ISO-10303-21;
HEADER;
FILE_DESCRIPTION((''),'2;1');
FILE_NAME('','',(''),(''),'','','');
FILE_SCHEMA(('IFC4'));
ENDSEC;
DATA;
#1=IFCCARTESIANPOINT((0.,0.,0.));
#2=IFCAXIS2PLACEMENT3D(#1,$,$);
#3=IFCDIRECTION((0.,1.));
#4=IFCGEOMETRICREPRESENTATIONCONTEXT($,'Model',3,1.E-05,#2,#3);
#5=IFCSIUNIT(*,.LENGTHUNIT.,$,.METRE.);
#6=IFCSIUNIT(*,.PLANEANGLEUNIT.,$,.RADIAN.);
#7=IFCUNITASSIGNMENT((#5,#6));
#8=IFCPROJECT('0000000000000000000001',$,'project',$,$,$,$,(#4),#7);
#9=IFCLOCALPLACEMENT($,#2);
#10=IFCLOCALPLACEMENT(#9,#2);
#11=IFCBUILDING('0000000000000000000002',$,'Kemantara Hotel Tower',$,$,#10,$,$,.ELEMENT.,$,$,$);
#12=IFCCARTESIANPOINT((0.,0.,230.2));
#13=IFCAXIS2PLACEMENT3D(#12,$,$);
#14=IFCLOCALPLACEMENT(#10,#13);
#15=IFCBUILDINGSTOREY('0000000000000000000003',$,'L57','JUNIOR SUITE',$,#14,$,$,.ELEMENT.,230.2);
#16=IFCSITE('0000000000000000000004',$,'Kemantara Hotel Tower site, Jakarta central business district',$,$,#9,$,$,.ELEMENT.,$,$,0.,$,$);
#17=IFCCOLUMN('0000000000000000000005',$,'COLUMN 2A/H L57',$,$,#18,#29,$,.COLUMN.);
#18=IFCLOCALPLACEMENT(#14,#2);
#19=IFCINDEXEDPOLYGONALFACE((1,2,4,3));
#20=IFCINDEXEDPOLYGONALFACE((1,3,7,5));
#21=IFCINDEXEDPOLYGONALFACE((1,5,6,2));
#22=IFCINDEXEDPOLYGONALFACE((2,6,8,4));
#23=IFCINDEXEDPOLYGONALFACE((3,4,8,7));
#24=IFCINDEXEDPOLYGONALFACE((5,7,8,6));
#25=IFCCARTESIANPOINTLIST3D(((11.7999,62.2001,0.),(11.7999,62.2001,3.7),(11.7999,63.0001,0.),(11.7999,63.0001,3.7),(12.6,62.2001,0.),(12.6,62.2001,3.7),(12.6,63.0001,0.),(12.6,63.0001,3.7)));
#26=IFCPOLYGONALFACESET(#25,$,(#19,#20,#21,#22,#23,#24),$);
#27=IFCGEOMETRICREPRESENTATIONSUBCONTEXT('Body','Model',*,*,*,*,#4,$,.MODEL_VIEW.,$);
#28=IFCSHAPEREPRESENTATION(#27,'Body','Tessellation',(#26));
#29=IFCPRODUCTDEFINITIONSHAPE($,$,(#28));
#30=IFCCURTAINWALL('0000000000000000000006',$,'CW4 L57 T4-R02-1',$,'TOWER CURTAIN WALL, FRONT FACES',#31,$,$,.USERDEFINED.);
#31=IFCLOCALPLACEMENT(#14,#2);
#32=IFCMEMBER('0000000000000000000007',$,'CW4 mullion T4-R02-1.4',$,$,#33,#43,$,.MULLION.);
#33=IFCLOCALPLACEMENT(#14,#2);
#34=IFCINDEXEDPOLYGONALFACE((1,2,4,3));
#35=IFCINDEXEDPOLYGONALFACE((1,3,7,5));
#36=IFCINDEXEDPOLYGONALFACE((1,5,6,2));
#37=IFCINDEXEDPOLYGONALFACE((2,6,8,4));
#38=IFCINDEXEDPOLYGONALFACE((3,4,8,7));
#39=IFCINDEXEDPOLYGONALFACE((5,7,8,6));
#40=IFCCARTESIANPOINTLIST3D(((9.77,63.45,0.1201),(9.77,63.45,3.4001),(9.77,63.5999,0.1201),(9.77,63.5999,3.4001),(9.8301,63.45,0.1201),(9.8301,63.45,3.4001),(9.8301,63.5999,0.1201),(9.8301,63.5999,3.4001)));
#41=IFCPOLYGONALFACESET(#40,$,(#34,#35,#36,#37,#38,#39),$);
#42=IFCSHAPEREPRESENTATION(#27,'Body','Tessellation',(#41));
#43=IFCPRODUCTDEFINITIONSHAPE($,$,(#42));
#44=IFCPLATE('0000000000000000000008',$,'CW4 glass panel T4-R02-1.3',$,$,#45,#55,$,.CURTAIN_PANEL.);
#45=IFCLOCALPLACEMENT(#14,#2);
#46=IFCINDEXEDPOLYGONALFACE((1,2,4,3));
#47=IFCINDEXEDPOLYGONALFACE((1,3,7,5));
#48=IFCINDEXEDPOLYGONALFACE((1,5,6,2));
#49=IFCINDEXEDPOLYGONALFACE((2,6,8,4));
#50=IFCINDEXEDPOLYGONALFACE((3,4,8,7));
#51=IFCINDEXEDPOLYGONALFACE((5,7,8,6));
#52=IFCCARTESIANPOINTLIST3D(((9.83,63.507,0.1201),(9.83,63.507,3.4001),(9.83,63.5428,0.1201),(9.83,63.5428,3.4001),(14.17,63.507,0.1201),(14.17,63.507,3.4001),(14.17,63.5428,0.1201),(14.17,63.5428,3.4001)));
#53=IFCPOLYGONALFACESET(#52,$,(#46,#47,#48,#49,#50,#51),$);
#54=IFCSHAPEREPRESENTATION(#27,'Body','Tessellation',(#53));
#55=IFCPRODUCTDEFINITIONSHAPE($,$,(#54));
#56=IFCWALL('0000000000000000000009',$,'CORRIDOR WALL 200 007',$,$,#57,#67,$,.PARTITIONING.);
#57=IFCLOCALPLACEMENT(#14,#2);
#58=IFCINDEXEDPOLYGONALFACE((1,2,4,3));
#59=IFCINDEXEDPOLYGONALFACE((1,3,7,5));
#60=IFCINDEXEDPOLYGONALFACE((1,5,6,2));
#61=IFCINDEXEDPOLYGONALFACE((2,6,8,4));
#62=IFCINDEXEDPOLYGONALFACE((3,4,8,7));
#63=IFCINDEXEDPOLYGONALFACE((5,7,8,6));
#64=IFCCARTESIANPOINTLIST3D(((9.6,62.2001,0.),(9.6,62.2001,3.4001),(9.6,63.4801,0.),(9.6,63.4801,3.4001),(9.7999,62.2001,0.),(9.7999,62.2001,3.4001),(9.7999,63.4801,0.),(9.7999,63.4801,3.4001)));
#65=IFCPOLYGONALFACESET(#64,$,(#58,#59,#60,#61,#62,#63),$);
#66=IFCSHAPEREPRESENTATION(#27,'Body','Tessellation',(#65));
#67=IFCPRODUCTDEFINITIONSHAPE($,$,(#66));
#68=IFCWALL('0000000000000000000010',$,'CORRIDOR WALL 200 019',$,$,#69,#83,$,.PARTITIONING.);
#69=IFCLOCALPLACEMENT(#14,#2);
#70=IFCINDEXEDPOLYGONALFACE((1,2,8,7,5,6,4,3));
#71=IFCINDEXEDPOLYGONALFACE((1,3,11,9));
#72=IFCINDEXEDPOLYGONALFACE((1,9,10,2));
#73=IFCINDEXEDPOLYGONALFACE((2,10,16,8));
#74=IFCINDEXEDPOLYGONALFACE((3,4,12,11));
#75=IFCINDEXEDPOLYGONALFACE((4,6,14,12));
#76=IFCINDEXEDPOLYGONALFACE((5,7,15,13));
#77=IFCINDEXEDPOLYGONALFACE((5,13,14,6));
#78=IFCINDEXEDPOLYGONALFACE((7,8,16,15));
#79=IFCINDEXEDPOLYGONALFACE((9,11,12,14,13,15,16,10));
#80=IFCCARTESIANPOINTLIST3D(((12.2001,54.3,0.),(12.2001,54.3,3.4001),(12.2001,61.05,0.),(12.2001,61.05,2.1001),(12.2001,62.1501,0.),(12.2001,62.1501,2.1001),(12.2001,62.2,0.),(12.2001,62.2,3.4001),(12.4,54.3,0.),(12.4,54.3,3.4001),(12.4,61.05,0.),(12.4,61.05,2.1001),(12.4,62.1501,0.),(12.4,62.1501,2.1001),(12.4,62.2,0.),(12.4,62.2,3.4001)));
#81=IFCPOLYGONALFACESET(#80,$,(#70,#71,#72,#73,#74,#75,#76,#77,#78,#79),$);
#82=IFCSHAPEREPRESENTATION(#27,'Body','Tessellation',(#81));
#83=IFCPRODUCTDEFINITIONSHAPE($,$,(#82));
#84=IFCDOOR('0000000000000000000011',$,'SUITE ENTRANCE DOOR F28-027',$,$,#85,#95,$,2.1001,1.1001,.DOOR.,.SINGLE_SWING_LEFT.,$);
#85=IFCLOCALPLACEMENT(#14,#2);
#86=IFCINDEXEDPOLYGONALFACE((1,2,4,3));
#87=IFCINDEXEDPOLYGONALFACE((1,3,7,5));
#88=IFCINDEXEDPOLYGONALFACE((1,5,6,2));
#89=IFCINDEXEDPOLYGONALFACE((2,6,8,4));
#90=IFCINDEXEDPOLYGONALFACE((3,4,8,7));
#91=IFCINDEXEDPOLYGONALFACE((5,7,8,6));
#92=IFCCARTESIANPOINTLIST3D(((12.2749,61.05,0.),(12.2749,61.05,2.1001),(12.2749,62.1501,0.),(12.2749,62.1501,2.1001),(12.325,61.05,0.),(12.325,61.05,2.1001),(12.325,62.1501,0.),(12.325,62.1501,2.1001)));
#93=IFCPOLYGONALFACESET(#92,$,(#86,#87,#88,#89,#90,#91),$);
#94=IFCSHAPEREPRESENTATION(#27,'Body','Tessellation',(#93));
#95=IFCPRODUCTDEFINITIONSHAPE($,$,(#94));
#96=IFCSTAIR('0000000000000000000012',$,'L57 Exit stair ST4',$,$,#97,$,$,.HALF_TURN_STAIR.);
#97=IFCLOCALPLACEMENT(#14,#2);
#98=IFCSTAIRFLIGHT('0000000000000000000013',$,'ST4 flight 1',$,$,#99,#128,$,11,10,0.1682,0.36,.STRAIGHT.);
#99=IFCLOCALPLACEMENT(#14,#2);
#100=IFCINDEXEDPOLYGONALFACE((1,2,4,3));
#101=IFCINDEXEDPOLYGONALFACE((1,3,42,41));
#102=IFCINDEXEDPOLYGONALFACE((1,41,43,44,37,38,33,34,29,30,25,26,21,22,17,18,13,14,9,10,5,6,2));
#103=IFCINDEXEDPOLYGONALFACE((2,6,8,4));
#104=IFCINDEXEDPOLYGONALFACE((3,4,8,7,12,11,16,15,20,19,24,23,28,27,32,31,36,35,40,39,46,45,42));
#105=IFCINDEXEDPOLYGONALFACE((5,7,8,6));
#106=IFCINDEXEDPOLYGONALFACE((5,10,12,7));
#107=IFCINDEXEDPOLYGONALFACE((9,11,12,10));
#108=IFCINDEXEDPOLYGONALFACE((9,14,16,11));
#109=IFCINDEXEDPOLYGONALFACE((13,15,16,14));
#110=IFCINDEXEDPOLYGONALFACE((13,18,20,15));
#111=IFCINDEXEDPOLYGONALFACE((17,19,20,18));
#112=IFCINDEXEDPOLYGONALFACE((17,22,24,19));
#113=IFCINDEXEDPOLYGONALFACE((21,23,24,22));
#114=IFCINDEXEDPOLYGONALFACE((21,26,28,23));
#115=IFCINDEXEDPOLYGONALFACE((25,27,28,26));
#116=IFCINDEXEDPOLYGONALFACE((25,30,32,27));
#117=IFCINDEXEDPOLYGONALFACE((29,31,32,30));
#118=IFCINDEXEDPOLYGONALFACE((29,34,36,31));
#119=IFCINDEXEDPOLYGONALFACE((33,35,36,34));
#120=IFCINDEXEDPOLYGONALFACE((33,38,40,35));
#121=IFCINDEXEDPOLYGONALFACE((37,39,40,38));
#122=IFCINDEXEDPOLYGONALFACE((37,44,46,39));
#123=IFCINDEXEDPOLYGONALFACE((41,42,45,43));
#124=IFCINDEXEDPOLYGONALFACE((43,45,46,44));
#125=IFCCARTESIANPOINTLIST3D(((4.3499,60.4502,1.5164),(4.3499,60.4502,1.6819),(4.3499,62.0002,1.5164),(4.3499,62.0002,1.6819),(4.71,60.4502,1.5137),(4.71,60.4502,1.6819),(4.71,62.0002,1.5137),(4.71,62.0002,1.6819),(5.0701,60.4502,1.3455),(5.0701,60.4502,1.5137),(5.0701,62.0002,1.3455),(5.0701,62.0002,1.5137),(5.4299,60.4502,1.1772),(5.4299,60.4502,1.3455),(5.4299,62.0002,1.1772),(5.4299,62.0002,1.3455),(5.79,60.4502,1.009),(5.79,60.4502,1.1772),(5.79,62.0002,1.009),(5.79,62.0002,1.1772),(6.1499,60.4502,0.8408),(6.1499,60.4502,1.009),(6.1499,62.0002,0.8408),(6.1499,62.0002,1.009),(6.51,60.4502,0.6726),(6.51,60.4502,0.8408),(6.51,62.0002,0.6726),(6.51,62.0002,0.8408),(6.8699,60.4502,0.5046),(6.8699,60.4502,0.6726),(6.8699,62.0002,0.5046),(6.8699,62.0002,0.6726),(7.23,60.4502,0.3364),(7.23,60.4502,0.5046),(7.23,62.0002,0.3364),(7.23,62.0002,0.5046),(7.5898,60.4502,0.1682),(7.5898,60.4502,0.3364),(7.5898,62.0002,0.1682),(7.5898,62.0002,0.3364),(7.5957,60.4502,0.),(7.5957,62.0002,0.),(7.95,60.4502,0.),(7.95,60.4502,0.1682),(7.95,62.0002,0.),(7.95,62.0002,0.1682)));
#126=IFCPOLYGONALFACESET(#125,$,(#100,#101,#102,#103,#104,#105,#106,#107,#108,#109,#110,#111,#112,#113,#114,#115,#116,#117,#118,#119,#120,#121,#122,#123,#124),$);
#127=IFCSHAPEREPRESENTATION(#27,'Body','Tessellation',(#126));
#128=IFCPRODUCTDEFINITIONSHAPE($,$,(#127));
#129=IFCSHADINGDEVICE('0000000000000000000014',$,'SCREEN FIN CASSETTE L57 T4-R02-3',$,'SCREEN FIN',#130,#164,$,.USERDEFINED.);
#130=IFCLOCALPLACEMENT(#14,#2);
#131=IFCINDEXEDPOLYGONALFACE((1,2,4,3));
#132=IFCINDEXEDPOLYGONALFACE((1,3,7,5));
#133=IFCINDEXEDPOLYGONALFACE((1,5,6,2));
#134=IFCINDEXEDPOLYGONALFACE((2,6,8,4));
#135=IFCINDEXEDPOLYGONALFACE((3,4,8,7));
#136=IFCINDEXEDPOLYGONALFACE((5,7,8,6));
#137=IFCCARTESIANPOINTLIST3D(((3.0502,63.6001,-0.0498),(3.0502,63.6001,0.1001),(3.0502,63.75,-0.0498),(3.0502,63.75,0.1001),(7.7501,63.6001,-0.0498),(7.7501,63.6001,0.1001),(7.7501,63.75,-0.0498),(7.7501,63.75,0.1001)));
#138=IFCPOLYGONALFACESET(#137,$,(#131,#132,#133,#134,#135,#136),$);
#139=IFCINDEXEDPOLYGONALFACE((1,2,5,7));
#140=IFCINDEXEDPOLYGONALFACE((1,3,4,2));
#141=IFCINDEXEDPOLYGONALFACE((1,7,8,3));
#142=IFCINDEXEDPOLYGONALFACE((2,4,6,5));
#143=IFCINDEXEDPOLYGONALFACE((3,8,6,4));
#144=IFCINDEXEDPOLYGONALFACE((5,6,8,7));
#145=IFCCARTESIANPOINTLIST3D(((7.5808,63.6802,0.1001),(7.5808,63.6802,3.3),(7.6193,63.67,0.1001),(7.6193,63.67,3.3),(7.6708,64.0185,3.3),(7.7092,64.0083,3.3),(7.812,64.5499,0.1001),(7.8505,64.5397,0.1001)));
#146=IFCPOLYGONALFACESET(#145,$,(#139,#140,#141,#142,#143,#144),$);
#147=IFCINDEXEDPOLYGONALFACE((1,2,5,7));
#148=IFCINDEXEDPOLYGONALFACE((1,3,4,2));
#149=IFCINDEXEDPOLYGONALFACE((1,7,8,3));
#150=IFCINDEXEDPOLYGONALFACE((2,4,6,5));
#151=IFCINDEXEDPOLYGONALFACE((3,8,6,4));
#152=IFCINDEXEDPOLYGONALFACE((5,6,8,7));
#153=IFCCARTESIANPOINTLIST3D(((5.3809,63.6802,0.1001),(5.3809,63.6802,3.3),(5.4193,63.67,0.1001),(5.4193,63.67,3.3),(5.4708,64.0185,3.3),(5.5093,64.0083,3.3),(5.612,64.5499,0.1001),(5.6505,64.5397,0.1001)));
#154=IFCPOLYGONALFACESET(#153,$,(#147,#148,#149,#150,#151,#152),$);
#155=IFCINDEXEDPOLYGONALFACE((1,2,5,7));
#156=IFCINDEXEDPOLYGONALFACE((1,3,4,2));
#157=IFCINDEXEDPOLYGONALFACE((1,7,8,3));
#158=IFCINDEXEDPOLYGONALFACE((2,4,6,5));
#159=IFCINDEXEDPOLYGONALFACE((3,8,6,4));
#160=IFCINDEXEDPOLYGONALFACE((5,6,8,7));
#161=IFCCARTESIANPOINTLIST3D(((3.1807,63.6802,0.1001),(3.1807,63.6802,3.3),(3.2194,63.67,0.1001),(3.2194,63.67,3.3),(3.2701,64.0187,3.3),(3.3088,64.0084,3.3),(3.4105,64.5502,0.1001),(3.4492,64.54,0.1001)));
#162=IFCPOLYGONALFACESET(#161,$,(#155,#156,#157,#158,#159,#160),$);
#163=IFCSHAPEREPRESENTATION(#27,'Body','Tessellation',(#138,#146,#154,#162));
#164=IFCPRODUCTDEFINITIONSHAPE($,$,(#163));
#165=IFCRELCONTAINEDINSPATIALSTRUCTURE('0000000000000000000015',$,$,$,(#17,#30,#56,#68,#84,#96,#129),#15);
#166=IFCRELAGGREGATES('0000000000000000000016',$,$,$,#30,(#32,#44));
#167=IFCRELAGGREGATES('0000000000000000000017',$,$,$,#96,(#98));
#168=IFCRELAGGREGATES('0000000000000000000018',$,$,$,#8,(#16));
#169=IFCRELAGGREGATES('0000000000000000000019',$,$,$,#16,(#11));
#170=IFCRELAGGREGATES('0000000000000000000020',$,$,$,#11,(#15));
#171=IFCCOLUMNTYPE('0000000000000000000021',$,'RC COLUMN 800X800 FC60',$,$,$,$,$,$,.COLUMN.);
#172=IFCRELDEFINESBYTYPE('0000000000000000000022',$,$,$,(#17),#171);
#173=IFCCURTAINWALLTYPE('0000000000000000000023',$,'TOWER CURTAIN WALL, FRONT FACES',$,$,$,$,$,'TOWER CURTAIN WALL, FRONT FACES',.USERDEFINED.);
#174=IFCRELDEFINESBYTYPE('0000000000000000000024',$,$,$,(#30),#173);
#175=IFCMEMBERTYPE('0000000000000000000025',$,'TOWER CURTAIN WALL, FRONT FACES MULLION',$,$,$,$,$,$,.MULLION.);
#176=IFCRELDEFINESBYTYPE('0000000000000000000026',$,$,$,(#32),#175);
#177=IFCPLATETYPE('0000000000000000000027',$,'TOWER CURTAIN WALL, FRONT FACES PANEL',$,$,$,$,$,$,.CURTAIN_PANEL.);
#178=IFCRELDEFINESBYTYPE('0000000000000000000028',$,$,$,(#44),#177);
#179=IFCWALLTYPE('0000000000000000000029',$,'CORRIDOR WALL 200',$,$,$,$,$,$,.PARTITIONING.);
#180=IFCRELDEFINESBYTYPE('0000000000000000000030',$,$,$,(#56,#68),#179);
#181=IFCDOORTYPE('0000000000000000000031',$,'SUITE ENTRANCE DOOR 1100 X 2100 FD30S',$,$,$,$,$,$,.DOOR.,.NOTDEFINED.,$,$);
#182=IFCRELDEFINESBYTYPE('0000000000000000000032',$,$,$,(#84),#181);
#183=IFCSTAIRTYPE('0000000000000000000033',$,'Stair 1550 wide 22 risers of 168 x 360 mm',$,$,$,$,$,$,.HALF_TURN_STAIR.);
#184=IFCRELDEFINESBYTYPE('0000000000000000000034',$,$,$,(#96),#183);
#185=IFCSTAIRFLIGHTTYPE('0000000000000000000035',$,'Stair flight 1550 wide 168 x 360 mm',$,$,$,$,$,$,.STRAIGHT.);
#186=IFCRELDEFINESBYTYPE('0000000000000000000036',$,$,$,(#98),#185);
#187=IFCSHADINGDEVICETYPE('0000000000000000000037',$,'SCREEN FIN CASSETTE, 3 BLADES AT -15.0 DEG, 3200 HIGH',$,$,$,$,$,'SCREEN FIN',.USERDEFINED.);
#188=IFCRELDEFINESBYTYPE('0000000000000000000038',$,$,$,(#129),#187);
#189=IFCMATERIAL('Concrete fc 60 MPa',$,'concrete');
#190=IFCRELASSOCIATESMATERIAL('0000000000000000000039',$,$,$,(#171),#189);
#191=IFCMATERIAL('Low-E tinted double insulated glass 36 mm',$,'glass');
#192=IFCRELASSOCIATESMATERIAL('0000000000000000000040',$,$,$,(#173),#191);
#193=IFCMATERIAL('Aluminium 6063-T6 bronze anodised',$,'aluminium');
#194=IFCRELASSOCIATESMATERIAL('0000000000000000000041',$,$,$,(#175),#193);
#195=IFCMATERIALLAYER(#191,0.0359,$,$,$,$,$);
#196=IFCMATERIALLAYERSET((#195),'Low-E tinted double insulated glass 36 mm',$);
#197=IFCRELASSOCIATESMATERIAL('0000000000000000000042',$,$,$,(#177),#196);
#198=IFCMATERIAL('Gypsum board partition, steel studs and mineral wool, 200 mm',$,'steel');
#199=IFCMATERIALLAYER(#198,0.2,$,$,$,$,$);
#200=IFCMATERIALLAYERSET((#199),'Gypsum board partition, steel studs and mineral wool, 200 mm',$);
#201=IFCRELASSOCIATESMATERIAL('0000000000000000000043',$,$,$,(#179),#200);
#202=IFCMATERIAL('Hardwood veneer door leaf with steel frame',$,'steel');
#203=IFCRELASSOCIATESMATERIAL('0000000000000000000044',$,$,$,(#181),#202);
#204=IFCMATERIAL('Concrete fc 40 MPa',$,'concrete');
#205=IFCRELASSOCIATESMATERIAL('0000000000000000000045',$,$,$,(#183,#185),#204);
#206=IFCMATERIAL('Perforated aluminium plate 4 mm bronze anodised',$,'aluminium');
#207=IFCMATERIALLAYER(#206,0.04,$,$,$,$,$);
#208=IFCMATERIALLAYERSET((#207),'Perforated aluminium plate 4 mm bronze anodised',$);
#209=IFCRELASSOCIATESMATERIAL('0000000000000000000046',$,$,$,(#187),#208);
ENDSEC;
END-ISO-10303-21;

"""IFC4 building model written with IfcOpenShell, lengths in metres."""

from ifc_helpers import new_model, si_unit, direction, frame, frame_2d, origin, origin_2d, place, context, subcontext, project, spatial, polyline, rectangle, outline, extrude, source, transform, mapped, material, layer, layer_set, material_profile, profile_set, type_object, element, fill, aggregate, save


model = new_model("IFC4")

# Units and contexts
model_context = context("Model", 3, precision=1e-05, world=origin(), true_north=direction((0.0, 1.0)))
body_context = subcontext(model_context, "Body", "Model", "MODEL_VIEW")
ifc_project = project(units=[si_unit("LENGTHUNIT", "METRE"), si_unit("PLANEANGLEUNIT", "RADIAN")], contexts=[model_context])

# Site, building, storey
site_placement = place(None, origin())
site = spatial("IfcSite", under=ifc_project, at=site_placement, Name="Kemantara Hotel Tower site, Jakarta central business district", CompositionType="ELEMENT", RefElevation=0.0)
building_placement = place(site_placement, origin())
building = spatial("IfcBuilding", under=site, at=building_placement, Name="Kemantara Hotel Tower", CompositionType="ELEMENT")
storey_placement = place(building_placement, frame((0.0, 0.0, 230.2)))
storey = spatial("IfcBuildingStorey", under=building, at=storey_placement, Name="L57", Description="JUNIOR SUITE", CompositionType="ELEMENT", Elevation=230.2)

# Column
ifc_material_1 = material(Name="Concrete fc 60 MPa", Category="concrete")
ifc_material_profile_1 = material_profile(ifc_material_1, rectangle(XDim=0.8, YDim=0.8, at=origin_2d()), Name="RC 800X800")
ifc_profile_set_1 = profile_set([ifc_material_profile_1], Name="Concrete fc 60 MPa")
column_type = type_object("IfcColumnType", Name="RC COLUMN 800X800 FC60", PredefinedType="COLUMN", material=ifc_profile_set_1)
column_placement = place(storey_placement, frame((12.2, 62.6001, 0.0), z_axis=(0.0, 0.0, 1.0), x_axis=(1.0, 0.0, 0.0)))
element("IfcColumn", 1, at=column_placement, inside=storey, type_object=column_type, Name="COLUMN 2A/H L57", PredefinedType="COLUMN", context=body_context, shape_type="SweptSolid", body=[
    extrude(rectangle(XDim=0.8, YDim=0.8, at=origin_2d()), origin(), (0.0, 0.0, 1.0), 3.7),
])

# Curtain wall, member, plate
ifc_material_2 = material(Name="Low-E tinted double insulated glass 36 mm", Category="glass")
curtain_wall_type = type_object("IfcCurtainWallType", Name="TOWER CURTAIN WALL, FRONT FACES", ElementType="TOWER CURTAIN WALL, FRONT FACES", PredefinedType="USERDEFINED", material=ifc_material_2)
curtain_wall_placement = place(storey_placement, origin())
curtain_wall = element("IfcCurtainWall", 2, at=curtain_wall_placement, inside=storey, type_object=curtain_wall_type, Name="CW4 L57 T4-R02-1", ObjectType="TOWER CURTAIN WALL, FRONT FACES", PredefinedType="USERDEFINED")
ifc_material_3 = material(Name="Aluminium 6063-T6 bronze anodised", Category="aluminium")
ifc_material_profile_2 = material_profile(ifc_material_3, rectangle(XDim=0.1499, YDim=0.0601, at=origin_2d()), Name="TOWER CURTAIN WALL, FRONT FACES MULLION")
ifc_profile_set_2 = profile_set([ifc_material_profile_2], Name="Aluminium 6063-T6 bronze anodised")
member_type = type_object("IfcMemberType", Name="TOWER CURTAIN WALL, FRONT FACES MULLION", PredefinedType="MULLION", material=ifc_profile_set_2)
shared_shape_1 = source(origin(), body_context, "Body", "SweptSolid", [
    extrude(rectangle(XDim=0.1499, YDim=0.0601, at=origin_2d()), origin(), (0.0, 0.0, 1.0), 3.28),
])
member_placement = place(storey_placement, frame((9.8, 63.5249, 0.1201), z_axis=(0.0, 0.0, 1.0), x_axis=(0.0, -1.0, 0.0)))
member = element("IfcMember", 3, at=member_placement, type_object=member_type, Name="CW4 mullion T4-R02-1.4", PredefinedType="MULLION", context=body_context, shape_type="MappedRepresentation", body=[
    mapped(shared_shape_1, transform((0.0, 0.0, 0.0))),
])
ifc_layer_1 = layer(ifc_material_2, 0.0359)
ifc_layer_set_1 = layer_set([ifc_layer_1], Name="Low-E tinted double insulated glass 36 mm")
plate_type = type_object("IfcPlateType", Name="TOWER CURTAIN WALL, FRONT FACES PANEL", PredefinedType="CURTAIN_PANEL", material=ifc_layer_set_1)
shared_shape_2 = source(origin(), body_context, "Body", "SweptSolid", [
    extrude(rectangle(XDim=4.3401, YDim=0.0359, at=origin_2d()), origin(), (0.0, 0.0, 1.0), 3.28),
])
plate_placement = place(storey_placement, frame((12.0, 63.5249, 0.1201), z_axis=(0.0, 0.0, 1.0), x_axis=(-1.0, 0.0, 0.0)))
plate = element("IfcPlate", 4, at=plate_placement, type_object=plate_type, Name="CW4 glass panel T4-R02-1.3", PredefinedType="CURTAIN_PANEL", context=body_context, shape_type="MappedRepresentation", body=[
    mapped(shared_shape_2, transform((0.0, 0.0, 0.0))),
])
aggregate(curtain_wall, [member, plate])

# Wall
ifc_material_4 = material(Name="Gypsum board partition, steel studs and mineral wool, 200 mm", Category="steel")
ifc_layer_2 = layer(ifc_material_4, 0.2)
ifc_layer_set_2 = layer_set([ifc_layer_2], Name="Gypsum board partition, steel studs and mineral wool, 200 mm")
wall_type = type_object("IfcWallType", Name="CORRIDOR WALL 200", PredefinedType="PARTITIONING", material=ifc_layer_set_2)
wall_1_placement = place(storey_placement, frame((9.7, 62.2, 0.0), z_axis=(0.0, 0.0, 1.0), x_axis=(0.0, 1.0, 0.0)))
element("IfcWall", 5, at=wall_1_placement, inside=storey, type_object=wall_type, Name="CORRIDOR WALL 200 007", PredefinedType="PARTITIONING", context=body_context, shape_type="SweptSolid", body=[
    extrude(rectangle(XDim=1.28, YDim=0.2, at=frame_2d((0.6401, 0.0))), origin(), (0.0, 0.0, 1.0), 3.4001),
])

# Wall, opening, door
wall_2_placement = place(storey_placement, frame((12.3, 62.2, 0.0), z_axis=(0.0, 0.0, 1.0), x_axis=(0.0, -1.0, 0.0)))
wall_2 = element("IfcWall", 6, at=wall_2_placement, inside=storey, type_object=wall_type, Name="CORRIDOR WALL 200 019", PredefinedType="PARTITIONING", context=body_context, shape_type="SweptSolid", body=[
    extrude(rectangle(XDim=7.8999, YDim=0.2, at=frame_2d((3.95, 0.0))), origin(), (0.0, 0.0, 1.0), 3.4001),
])
opening_placement = place(wall_2_placement, frame((0.0498, 0.0, 0.0)))
opening = element("IfcOpeningElement", 7, at=opening_placement, cuts=wall_2, PredefinedType="OPENING", context=body_context, shape_type="SweptSolid", body=[
    extrude(rectangle(XDim=1.1001, YDim=2.1001, at=frame_2d((0.55, 1.05))), frame((0.0, 0.1099, 0.0), z_axis=(0.0, -1.0, 0.0), x_axis=(1.0, 0.0, 0.0)), (0.0, 0.0, 1.0), 0.22),
])
ifc_material_5 = material(Name="Hardwood veneer door leaf with steel frame", Category="steel")
door_type = type_object("IfcDoorType", Name="SUITE ENTRANCE DOOR 1100 X 2100 FD30S", OperationType="NOTDEFINED", PredefinedType="DOOR", material=ifc_material_5)
door_placement = place(opening_placement, origin())
door = element("IfcDoor", 8, at=door_placement, inside=storey, type_object=door_type, Name="SUITE ENTRANCE DOOR F28-027", OperationType="SINGLE_SWING_LEFT", OverallHeight=2.1001, OverallWidth=1.1001, PredefinedType="DOOR", context=body_context, shape_type="SweptSolid", body=[
    extrude(rectangle(XDim=1.1001, YDim=2.1001, at=frame_2d((0.55, 1.05))), frame((0.0, 0.0249, 0.0), z_axis=(0.0, -1.0, 0.0), x_axis=(1.0, 0.0, 0.0)), (0.0, 0.0, 1.0), 0.05),
])
fill(opening, door)

# Stair, stair flight
ifc_material_6 = material(Name="Concrete fc 40 MPa", Category="concrete")
stair_type = type_object("IfcStairType", Name="Stair 1550 wide 22 risers of 168 x 360 mm", PredefinedType="HALF_TURN_STAIR", material=ifc_material_6)
stair_placement = place(storey_placement, origin())
stair = element("IfcStair", 9, at=stair_placement, inside=storey, type_object=stair_type, Name="L57 Exit stair ST4", PredefinedType="HALF_TURN_STAIR")
stair_flight_type = type_object("IfcStairFlightType", Name="Stair flight 1550 wide 168 x 360 mm", PredefinedType="STRAIGHT", material=ifc_material_6)
stair_flight_placement = place(storey_placement, frame((7.95, 61.2251, 0.0), z_axis=(0.0, 0.0, 1.0), x_axis=(-1.0, 0.0, 0.0)))
stair_flight = element("IfcStairFlight", 10, at=stair_flight_placement, type_object=stair_flight_type, Name="ST4 flight 1", NumberOfRisers=11, NumberOfTreads=10, PredefinedType="STRAIGHT", RiserHeight=0.1682, TreadLength=0.36, context=body_context, shape_type="SweptSolid", body=[
    extrude(outline(polyline([(0.0, 0.0), (0.0, 0.1682), (0.3601, 0.1682), (0.3601, 0.3364), (0.72, 0.3364), (0.72, 0.5046), (1.0801, 0.5046), (1.0801, 0.6726), (1.4399, 0.6726), (1.4399, 0.8408), (1.8, 0.8408), (1.8, 1.009), (2.1599, 1.009), (2.1599, 1.1772), (2.52, 1.1772), (2.52, 1.3455), (2.8799, 1.3455), (2.8799, 1.5137), (3.24, 1.5137), (3.24, 1.6819), (3.6001, 1.6819), (3.6001, 1.8501), (3.6001, 1.5164), (0.3542, 0.0), (0.0, 0.0)])), frame((0.0, 0.7749, 0.0), z_axis=(0.0, -1.0, 0.0), x_axis=(1.0, 0.0, 0.0)), (0.0, 0.0, 1.0), 1.55),
])
aggregate(stair, [stair_flight])

# Shading device
ifc_material_7 = material(Name="Perforated aluminium plate 4 mm bronze anodised", Category="aluminium")
ifc_layer_3 = layer(ifc_material_7, 0.04)
ifc_layer_set_3 = layer_set([ifc_layer_3], Name="Perforated aluminium plate 4 mm bronze anodised")
shading_device_type = type_object("IfcShadingDeviceType", Name="SCREEN FIN CASSETTE, 3 BLADES AT -15.0 DEG, 3200 HIGH", ElementType="SCREEN FIN", PredefinedType="USERDEFINED", material=ifc_layer_set_3)
shared_shape_3 = source(origin(), body_context, "Body", "SweptSolid", [
    extrude(rectangle(XDim=4.7, YDim=0.1499, at=origin_2d()), frame((2.2, -0.075, -0.1499), z_axis=(0.0, 0.0, 1.0), x_axis=(1.0, 0.0, 0.0)), (0.0, 0.0, 1.0), 0.1499),
    extrude(outline(polyline([(0.0, 0.0), (0.8999, 0.0), (0.3501, 3.2), (0.0, 3.2), (0.0, 0.0)])), frame((0.0193, -0.0801, 0.0), z_axis=(-0.966438, 0.256901, 0.0), x_axis=(-0.256901, -0.966438, 0.0)), (0.0, 0.0, 1.0), 0.0398),
    extrude(outline(polyline([(0.0, 0.0), (0.8999, 0.0), (0.3501, 3.2), (0.0, 3.2), (0.0, 0.0)])), frame((2.2192, -0.0801, 0.0), z_axis=(-0.966438, 0.256901, 0.0), x_axis=(-0.256901, -0.966438, 0.0)), (0.0, 0.0, 1.0), 0.0398),
    extrude(outline(polyline([(0.0, 0.0), (0.8999, 0.0), (0.3501, 3.2), (0.0, 3.2), (0.0, 0.0)])), frame((4.4194, -0.0801, 0.0), z_axis=(-0.966838, 0.255391, 0.0), x_axis=(-0.255391, -0.966838, 0.0)), (0.0, 0.0, 1.0), 0.04),
])
shading_device_placement = place(storey_placement, frame((7.6001, 63.6001, 0.1001), z_axis=(0.0, 0.0, 1.0), x_axis=(-1.0, 0.0, 0.0)))
element("IfcShadingDevice", 11, at=shading_device_placement, inside=storey, type_object=shading_device_type, Name="SCREEN FIN CASSETTE L57 T4-R02-3", ObjectType="SCREEN FIN", PredefinedType="USERDEFINED", context=body_context, shape_type="MappedRepresentation", body=[
    mapped(shared_shape_3, transform((0.0, 0.0, 0.0))),
])

save(model, "model.ifc")
